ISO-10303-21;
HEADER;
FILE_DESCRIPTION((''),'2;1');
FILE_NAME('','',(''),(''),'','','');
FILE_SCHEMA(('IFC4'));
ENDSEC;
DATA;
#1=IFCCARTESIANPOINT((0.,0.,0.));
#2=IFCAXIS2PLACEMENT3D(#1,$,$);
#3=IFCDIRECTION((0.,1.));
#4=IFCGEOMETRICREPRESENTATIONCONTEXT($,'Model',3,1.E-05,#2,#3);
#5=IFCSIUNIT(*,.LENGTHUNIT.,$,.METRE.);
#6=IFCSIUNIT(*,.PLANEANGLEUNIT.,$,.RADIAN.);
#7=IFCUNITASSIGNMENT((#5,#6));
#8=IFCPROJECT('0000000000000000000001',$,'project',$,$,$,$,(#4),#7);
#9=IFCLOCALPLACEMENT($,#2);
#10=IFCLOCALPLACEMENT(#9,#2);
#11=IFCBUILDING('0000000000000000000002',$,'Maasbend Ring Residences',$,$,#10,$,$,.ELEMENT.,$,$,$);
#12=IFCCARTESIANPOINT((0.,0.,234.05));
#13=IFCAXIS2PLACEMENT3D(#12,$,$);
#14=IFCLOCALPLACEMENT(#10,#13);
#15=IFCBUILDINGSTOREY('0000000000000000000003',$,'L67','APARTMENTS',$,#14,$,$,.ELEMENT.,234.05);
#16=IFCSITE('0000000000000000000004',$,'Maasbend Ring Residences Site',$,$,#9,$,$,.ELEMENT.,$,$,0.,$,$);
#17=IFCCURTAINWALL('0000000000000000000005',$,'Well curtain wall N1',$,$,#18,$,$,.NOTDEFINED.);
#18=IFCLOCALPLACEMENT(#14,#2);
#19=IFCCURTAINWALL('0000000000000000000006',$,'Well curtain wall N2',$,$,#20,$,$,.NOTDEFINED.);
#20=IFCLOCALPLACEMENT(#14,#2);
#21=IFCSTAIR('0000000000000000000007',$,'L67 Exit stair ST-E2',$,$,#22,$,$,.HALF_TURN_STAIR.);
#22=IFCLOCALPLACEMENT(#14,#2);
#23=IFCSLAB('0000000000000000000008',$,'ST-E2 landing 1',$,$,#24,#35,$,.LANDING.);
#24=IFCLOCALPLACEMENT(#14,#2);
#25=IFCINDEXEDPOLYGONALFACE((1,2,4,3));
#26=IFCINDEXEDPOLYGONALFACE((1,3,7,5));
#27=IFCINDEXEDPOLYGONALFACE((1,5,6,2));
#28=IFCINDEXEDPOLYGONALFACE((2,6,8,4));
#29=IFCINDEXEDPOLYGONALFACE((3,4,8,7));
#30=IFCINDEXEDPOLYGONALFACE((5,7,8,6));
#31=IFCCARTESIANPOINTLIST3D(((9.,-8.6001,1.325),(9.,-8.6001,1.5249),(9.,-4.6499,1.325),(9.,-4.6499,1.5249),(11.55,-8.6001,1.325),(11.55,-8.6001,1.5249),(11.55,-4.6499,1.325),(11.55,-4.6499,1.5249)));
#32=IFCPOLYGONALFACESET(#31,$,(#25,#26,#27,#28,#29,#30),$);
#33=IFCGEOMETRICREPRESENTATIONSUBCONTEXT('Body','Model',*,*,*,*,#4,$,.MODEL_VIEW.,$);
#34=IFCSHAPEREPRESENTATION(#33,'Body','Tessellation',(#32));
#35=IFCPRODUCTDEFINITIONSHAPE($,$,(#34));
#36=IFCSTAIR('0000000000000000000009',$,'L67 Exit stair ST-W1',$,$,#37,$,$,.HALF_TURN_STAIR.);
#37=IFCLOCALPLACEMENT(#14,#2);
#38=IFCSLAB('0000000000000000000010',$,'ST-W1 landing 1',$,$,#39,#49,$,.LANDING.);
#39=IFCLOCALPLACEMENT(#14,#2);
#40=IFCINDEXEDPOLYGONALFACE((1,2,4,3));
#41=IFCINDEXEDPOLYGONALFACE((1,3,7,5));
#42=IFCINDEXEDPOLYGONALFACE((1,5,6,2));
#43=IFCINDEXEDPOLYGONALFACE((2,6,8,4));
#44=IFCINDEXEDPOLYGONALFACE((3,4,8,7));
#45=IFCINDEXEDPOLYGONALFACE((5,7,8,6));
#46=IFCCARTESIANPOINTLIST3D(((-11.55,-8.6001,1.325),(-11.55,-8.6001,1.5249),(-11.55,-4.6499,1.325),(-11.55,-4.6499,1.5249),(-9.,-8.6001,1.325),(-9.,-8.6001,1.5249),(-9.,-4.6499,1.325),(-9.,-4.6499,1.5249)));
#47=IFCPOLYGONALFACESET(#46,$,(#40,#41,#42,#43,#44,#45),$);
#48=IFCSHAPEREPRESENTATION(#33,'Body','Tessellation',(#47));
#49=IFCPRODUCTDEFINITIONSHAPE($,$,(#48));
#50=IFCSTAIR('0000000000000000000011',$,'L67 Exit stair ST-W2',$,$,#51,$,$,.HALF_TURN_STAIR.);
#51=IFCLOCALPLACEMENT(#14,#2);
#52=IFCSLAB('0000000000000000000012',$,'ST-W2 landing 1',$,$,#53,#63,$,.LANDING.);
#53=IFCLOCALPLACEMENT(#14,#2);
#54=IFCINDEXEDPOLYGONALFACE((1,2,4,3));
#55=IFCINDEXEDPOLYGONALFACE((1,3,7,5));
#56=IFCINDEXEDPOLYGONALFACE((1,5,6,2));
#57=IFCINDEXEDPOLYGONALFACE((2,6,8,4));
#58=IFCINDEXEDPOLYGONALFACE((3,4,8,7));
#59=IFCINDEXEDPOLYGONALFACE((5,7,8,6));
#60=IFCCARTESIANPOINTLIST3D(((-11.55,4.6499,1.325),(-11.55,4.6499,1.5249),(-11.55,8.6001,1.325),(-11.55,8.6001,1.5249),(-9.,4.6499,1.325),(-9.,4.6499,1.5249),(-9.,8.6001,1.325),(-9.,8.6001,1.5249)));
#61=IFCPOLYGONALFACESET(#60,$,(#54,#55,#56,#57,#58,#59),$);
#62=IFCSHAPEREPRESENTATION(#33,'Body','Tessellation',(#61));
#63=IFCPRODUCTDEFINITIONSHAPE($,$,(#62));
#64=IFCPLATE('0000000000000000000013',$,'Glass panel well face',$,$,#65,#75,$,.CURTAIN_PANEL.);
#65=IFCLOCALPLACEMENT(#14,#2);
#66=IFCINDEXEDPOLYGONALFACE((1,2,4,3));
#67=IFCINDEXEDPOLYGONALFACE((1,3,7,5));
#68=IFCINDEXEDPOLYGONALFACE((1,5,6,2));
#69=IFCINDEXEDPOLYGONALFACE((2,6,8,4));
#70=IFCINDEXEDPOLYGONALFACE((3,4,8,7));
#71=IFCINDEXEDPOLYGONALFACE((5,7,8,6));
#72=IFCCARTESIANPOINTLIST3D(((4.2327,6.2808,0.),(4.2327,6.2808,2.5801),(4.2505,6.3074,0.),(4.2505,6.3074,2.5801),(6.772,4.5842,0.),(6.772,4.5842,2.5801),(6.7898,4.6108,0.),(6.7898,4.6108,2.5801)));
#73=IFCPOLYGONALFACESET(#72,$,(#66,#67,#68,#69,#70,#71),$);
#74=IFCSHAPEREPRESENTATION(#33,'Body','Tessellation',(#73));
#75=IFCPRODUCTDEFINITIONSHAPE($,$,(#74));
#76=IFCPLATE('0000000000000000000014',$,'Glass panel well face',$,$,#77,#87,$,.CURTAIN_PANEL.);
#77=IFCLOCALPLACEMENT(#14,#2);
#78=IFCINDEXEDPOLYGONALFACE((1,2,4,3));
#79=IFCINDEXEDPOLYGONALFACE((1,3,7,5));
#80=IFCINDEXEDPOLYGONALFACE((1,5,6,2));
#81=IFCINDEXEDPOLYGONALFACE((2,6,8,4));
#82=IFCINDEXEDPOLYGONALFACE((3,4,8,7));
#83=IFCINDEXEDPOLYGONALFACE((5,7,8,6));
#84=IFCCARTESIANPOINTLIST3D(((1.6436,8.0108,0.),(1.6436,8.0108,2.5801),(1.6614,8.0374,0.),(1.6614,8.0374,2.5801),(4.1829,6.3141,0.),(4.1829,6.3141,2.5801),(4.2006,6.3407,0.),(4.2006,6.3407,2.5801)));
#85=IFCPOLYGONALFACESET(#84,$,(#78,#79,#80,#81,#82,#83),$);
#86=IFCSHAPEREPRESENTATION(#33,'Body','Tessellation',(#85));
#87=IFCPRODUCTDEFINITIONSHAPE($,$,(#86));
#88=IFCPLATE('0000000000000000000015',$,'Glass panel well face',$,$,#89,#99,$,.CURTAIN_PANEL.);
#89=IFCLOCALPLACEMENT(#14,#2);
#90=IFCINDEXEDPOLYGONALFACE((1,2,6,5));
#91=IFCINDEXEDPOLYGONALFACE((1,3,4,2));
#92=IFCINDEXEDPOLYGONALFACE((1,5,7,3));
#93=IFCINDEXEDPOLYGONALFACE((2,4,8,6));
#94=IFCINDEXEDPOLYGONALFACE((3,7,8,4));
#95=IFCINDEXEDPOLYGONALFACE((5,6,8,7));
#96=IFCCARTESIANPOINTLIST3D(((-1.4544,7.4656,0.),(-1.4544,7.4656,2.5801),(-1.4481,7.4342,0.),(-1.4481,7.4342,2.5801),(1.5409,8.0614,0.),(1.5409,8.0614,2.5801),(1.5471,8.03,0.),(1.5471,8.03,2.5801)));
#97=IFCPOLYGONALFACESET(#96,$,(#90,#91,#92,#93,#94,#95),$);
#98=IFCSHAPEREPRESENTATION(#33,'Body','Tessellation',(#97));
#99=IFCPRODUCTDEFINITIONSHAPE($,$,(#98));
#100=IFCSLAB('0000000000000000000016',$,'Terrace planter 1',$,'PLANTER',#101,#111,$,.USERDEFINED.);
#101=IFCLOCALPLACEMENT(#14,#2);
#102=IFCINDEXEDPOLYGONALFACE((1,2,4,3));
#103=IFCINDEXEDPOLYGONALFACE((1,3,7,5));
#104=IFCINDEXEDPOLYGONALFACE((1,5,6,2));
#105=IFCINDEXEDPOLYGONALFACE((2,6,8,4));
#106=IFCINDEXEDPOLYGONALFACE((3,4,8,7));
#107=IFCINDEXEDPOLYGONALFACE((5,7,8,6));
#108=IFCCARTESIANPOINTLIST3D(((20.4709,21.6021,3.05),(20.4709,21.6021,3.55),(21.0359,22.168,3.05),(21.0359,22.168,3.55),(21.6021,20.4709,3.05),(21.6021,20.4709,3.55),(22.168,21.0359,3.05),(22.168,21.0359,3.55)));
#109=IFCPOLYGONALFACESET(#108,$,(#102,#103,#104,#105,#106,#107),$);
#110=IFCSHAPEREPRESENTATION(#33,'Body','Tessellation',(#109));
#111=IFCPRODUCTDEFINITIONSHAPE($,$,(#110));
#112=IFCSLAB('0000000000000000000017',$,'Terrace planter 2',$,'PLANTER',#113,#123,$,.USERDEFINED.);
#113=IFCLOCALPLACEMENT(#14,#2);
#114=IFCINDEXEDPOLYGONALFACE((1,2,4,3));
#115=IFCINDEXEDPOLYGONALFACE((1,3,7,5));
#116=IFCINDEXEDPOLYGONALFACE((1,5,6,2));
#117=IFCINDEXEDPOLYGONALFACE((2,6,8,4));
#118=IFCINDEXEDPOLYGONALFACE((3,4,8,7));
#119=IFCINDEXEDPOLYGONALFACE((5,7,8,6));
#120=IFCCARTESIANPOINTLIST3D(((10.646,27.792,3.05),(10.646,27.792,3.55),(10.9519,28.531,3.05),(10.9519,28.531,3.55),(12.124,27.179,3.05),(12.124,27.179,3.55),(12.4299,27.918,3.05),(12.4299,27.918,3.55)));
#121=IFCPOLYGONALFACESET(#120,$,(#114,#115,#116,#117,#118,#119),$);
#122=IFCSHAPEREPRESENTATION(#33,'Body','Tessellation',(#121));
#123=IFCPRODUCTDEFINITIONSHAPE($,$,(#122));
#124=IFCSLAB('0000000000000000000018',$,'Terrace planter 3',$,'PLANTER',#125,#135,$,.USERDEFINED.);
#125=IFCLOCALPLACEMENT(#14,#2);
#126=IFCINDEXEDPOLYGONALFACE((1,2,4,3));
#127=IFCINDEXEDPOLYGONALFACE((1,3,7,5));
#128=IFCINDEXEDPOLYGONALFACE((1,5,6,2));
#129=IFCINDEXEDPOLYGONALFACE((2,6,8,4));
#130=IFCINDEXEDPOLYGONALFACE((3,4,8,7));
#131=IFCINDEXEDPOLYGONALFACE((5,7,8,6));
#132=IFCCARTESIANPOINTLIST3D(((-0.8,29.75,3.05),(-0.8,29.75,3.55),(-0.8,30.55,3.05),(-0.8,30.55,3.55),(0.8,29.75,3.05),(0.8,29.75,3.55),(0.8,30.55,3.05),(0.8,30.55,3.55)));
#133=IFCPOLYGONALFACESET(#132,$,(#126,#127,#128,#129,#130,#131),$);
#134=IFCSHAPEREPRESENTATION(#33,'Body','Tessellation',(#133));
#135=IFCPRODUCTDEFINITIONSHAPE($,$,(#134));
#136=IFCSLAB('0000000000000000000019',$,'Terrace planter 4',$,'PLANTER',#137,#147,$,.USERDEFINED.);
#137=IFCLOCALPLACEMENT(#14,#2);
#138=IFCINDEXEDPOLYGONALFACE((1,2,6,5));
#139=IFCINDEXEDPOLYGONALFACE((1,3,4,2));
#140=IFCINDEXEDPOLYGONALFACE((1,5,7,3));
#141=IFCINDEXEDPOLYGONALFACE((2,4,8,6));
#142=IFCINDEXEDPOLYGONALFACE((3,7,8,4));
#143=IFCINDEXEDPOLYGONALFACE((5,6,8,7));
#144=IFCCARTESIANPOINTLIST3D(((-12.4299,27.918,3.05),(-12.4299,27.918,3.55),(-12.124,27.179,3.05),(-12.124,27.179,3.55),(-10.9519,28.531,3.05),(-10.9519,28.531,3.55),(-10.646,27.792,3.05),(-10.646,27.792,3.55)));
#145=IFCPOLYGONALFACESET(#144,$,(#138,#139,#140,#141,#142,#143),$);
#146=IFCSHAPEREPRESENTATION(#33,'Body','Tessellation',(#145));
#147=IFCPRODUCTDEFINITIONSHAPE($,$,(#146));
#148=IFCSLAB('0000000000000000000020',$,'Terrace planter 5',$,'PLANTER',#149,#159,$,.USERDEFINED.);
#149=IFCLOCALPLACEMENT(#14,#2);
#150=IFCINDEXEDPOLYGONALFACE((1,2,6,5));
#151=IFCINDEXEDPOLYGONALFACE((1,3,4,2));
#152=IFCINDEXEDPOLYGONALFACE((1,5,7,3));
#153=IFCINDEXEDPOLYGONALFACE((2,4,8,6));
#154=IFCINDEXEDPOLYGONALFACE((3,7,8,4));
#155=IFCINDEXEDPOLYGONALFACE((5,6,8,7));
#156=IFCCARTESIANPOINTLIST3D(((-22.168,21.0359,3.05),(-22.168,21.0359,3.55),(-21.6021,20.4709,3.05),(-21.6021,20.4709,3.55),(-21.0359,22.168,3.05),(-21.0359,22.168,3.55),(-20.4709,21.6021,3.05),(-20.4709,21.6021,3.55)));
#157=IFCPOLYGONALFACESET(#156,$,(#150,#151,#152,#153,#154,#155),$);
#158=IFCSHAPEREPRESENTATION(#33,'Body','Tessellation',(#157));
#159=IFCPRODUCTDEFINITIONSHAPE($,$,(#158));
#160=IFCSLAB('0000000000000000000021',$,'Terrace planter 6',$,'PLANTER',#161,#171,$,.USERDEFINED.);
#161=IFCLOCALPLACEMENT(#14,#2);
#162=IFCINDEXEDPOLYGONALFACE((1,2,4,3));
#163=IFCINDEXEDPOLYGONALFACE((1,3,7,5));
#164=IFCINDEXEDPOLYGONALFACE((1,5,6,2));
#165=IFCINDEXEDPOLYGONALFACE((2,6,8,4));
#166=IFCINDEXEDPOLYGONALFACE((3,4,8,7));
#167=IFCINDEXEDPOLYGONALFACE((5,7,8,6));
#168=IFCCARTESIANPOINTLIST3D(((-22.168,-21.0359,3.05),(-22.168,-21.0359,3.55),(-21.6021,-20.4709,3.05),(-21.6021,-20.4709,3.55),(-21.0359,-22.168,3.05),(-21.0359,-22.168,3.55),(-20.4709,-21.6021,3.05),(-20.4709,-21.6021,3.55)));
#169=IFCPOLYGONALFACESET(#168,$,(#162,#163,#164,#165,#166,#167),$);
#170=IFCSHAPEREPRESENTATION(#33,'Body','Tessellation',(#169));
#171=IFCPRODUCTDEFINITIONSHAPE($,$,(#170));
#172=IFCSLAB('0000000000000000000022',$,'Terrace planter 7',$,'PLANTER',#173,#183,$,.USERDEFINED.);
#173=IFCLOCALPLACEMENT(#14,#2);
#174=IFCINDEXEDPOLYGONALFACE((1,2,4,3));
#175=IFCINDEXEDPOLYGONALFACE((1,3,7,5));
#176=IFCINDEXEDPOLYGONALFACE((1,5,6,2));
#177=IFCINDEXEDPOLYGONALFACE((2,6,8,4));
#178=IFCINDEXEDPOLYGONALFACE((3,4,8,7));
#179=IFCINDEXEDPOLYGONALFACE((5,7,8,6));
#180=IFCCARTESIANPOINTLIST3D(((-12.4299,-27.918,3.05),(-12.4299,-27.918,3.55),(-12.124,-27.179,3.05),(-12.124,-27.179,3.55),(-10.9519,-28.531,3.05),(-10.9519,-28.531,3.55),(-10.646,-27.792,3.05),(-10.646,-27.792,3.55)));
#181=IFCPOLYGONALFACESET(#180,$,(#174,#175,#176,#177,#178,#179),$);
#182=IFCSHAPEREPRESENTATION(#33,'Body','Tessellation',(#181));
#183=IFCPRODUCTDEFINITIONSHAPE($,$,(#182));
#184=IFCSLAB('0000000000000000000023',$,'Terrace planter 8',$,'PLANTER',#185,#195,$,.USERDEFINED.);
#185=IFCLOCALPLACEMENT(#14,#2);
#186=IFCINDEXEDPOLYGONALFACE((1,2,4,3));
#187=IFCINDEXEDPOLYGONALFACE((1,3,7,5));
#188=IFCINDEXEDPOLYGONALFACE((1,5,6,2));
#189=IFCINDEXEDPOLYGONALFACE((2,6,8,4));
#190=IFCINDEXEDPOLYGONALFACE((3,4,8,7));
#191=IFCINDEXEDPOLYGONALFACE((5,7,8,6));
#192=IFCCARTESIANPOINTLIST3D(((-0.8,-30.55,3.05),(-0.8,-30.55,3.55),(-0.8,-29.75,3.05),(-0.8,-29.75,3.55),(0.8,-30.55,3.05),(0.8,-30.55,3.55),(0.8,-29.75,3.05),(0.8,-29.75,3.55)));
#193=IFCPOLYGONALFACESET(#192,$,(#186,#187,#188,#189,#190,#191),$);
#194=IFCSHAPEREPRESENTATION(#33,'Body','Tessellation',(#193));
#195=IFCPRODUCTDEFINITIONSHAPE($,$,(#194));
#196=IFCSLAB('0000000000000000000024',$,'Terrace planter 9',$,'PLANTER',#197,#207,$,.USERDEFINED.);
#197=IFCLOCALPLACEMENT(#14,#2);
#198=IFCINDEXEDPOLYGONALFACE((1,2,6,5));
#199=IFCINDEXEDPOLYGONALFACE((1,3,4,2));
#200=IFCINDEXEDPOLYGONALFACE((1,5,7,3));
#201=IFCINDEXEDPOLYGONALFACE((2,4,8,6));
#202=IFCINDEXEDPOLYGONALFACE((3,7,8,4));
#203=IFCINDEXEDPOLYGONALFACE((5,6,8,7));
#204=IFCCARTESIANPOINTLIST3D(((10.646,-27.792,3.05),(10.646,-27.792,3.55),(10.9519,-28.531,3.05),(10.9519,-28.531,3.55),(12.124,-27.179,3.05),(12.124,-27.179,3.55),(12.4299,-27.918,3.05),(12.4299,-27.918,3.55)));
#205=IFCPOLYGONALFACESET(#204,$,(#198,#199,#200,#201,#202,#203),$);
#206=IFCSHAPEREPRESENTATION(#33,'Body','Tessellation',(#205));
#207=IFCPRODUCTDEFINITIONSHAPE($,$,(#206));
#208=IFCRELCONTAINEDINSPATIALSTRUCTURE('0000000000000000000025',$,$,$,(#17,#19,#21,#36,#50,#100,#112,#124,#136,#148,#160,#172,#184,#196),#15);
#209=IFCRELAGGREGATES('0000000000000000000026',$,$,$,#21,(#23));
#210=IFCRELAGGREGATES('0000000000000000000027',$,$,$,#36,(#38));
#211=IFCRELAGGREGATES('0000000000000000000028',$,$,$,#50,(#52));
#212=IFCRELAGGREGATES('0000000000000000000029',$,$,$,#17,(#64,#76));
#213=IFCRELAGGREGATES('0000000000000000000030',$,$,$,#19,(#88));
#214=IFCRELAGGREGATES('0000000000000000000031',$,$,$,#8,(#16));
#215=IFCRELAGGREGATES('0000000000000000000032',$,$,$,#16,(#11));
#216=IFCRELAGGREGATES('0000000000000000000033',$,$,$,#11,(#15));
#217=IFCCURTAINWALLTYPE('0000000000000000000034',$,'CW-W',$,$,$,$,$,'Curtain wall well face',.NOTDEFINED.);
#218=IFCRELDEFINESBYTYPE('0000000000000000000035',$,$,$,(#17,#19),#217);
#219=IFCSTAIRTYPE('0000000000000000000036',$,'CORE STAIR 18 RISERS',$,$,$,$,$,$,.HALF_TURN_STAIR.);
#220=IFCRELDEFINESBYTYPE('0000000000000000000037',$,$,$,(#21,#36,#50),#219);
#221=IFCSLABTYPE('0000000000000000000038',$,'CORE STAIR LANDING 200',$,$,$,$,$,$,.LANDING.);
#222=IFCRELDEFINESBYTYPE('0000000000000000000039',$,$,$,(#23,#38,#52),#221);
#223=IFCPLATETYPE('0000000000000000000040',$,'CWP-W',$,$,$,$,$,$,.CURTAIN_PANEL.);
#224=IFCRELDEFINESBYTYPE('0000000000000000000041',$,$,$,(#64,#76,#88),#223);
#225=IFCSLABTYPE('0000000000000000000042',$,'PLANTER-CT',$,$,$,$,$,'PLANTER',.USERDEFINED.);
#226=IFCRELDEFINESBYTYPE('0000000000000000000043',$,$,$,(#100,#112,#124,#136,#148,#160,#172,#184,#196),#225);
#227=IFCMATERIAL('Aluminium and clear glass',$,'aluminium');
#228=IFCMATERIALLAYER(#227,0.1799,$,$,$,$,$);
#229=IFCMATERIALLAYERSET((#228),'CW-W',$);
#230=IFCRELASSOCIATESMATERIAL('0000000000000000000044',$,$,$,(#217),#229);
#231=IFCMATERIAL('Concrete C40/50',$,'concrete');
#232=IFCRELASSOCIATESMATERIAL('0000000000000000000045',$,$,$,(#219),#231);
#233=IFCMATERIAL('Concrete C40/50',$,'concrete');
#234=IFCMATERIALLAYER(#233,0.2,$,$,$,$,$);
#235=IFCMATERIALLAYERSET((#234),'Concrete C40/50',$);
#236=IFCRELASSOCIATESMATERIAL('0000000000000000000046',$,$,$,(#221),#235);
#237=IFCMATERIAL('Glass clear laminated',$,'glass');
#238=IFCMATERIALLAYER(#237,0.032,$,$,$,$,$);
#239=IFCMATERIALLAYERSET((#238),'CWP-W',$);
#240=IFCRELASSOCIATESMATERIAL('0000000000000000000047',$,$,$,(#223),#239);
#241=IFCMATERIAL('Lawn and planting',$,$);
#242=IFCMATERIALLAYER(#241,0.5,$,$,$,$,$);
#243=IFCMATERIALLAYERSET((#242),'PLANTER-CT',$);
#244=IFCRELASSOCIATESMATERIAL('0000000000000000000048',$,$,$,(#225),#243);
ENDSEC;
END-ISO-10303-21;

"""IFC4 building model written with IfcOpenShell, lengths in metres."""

from ifc_helpers import new_model, si_unit, direction, frame, origin, origin_2d, place, context, subcontext, project, spatial, polyline, rectangle, outline, extrude, material, layer, layer_set, type_object, element, aggregate, save


model = new_model("IFC4")

# Units and contexts
model_context = context("Model", 3, precision=1e-05, world=origin(), true_north=direction((0.0, 1.0)))
body_context = subcontext(model_context, "Body", "Model", "MODEL_VIEW")
ifc_project = project(units=[si_unit("LENGTHUNIT", "METRE"), si_unit("PLANEANGLEUNIT", "RADIAN")], contexts=[model_context])

# Site, building, storey
site_placement = place(None, origin())
site = spatial("IfcSite", under=ifc_project, at=site_placement, Name="Maasbend Ring Residences Site", CompositionType="ELEMENT", RefElevation=0.0)
building_placement = place(site_placement, origin())
building = spatial("IfcBuilding", under=site, at=building_placement, Name="Maasbend Ring Residences", CompositionType="ELEMENT")
storey_placement = place(building_placement, frame((0.0, 0.0, 234.05)))
storey = spatial("IfcBuildingStorey", under=building, at=storey_placement, Name="L67", Description="APARTMENTS", CompositionType="ELEMENT", Elevation=234.05)

# Curtain wall
ifc_material_1 = material(Name="Aluminium and clear glass", Category="aluminium")
ifc_layer_1 = layer(ifc_material_1, 0.1799)
ifc_layer_set_1 = layer_set([ifc_layer_1], Name="CW-W")
curtain_wall_type = type_object("IfcCurtainWallType", Name="CW-W", ElementType="Curtain wall well face", PredefinedType="NOTDEFINED", material=ifc_layer_set_1)
curtain_wall_1_placement = place(storey_placement, origin())
curtain_wall_1 = element("IfcCurtainWall", 1, at=curtain_wall_1_placement, inside=storey, type_object=curtain_wall_type, Name="Well curtain wall N1", PredefinedType="NOTDEFINED")

# Curtain wall
curtain_wall_2_placement = place(storey_placement, origin())
curtain_wall_2 = element("IfcCurtainWall", 2, at=curtain_wall_2_placement, inside=storey, type_object=curtain_wall_type, Name="Well curtain wall N2", PredefinedType="NOTDEFINED")

# Stairs, slabs
ifc_material_2 = material(Name="Concrete C40/50", Category="concrete")
stair_type = type_object("IfcStairType", Name="CORE STAIR 18 RISERS", PredefinedType="HALF_TURN_STAIR", material=ifc_material_2)
ifc_material_3 = material(Name="Concrete C40/50", Category="concrete")
ifc_layer_2 = layer(ifc_material_3, 0.2)
ifc_layer_set_2 = layer_set([ifc_layer_2], Name="Concrete C40/50")
slab_type_1 = type_object("IfcSlabType", Name="CORE STAIR LANDING 200", PredefinedType="LANDING", material=ifc_layer_set_2)
stair_1_placement = place(storey_placement, origin())
stair_1 = element("IfcStair", 3, at=stair_1_placement, inside=storey, type_object=stair_type, Name="L67 Exit stair ST-E2", PredefinedType="HALF_TURN_STAIR")
slab_1_placement = place(storey_placement, frame((0.0, 0.0, 1.325)))
slab_1 = element("IfcSlab", 4, at=slab_1_placement, type_object=slab_type_1, Name="ST-E2 landing 1", PredefinedType="LANDING", context=body_context, shape_type="SweptSolid", body=[
    extrude(outline(polyline([(11.55, -4.6499), (9.0, -4.6499), (9.0, -8.6001), (11.55, -8.6001), (11.55, -4.6499)])), origin(), (0.0, 0.0, 1.0), 0.2),
])
aggregate(stair_1, [slab_1])
stair_2_placement = place(storey_placement, origin())
stair_2 = element("IfcStair", 5, at=stair_2_placement, inside=storey, type_object=stair_type, Name="L67 Exit stair ST-W1", PredefinedType="HALF_TURN_STAIR")
slab_2_placement = place(storey_placement, frame((0.0, 0.0, 1.325)))
slab_2 = element("IfcSlab", 6, at=slab_2_placement, type_object=slab_type_1, Name="ST-W1 landing 1", PredefinedType="LANDING", context=body_context, shape_type="SweptSolid", body=[
    extrude(outline(polyline([(-11.55, -8.6001), (-9.0, -8.6001), (-9.0, -4.6499), (-11.55, -4.6499), (-11.55, -8.6001)])), origin(), (0.0, 0.0, 1.0), 0.2),
])
aggregate(stair_2, [slab_2])
stair_3_placement = place(storey_placement, origin())
stair_3 = element("IfcStair", 7, at=stair_3_placement, inside=storey, type_object=stair_type, Name="L67 Exit stair ST-W2", PredefinedType="HALF_TURN_STAIR")
slab_3_placement = place(storey_placement, frame((0.0, 0.0, 1.325)))
slab_3 = element("IfcSlab", 8, at=slab_3_placement, type_object=slab_type_1, Name="ST-W2 landing 1", PredefinedType="LANDING", context=body_context, shape_type="SweptSolid", body=[
    extrude(outline(polyline([(-11.55, 4.6499), (-9.0, 4.6499), (-9.0, 8.6001), (-11.55, 8.6001), (-11.55, 4.6499)])), origin(), (0.0, 0.0, 1.0), 0.2),
])
aggregate(stair_3, [slab_3])

# Plates
ifc_material_4 = material(Name="Glass clear laminated", Category="glass")
ifc_layer_3 = layer(ifc_material_4, 0.032)
ifc_layer_set_3 = layer_set([ifc_layer_3], Name="CWP-W")
plate_type = type_object("IfcPlateType", Name="CWP-W", PredefinedType="CURTAIN_PANEL", material=ifc_layer_set_3)
plate_1_placement = place(storey_placement, frame((5.5112, 5.4458, 0.0), z_axis=(0.0, 0.0, 1.0), x_axis=(-0.83147, 0.55557, 0.0)))
plate_1 = element("IfcPlate", 9, at=plate_1_placement, type_object=plate_type, Name="Glass panel well face", PredefinedType="CURTAIN_PANEL", context=body_context, shape_type="SweptSolid", body=[
    extrude(rectangle(XDim=3.054, YDim=0.032, at=origin_2d()), origin(), (0.0, 0.0, 1.0), 2.5801),
])
plate_2_placement = place(storey_placement, frame((2.9221, 7.1758, 0.0), z_axis=(0.0, 0.0, 1.0), x_axis=(-0.83147, 0.55557, 0.0)))
plate_2 = element("IfcPlate", 10, at=plate_2_placement, type_object=plate_type, Name="Glass panel well face", PredefinedType="CURTAIN_PANEL", context=body_context, shape_type="SweptSolid", body=[
    extrude(rectangle(XDim=3.054, YDim=0.032, at=origin_2d()), origin(), (0.0, 0.0, 1.0), 2.5801),
])
aggregate(curtain_wall_1, [plate_1, plate_2])
plate_3_placement = place(storey_placement, frame((0.0464, 7.7478, 0.0), z_axis=(0.0, 0.0, 1.0), x_axis=(-0.980785, -0.19509, 0.0)))
plate_3 = element("IfcPlate", 11, at=plate_3_placement, type_object=plate_type, Name="Glass panel well face", PredefinedType="CURTAIN_PANEL", context=body_context, shape_type="SweptSolid", body=[
    extrude(rectangle(XDim=3.054, YDim=0.032, at=origin_2d()), origin(), (0.0, 0.0, 1.0), 2.5801),
])
aggregate(curtain_wall_2, [plate_3])

# Slabs
ifc_material_5 = material(Name="Lawn and planting")
ifc_layer_4 = layer(ifc_material_5, 0.5)
ifc_layer_set_4 = layer_set([ifc_layer_4], Name="PLANTER-CT")
slab_type_2 = type_object("IfcSlabType", Name="PLANTER-CT", ElementType="PLANTER", PredefinedType="USERDEFINED", material=ifc_layer_set_4)
slab_4_placement = place(storey_placement, frame((0.0, 0.0, 3.05)))
element("IfcSlab", 12, at=slab_4_placement, inside=storey, type_object=slab_type_2, Name="Terrace planter 1", ObjectType="PLANTER", PredefinedType="USERDEFINED", context=body_context, shape_type="SweptSolid", body=[
    extrude(outline(polyline([(22.168, 21.0359), (21.0359, 22.168), (20.4709, 21.6021), (21.6021, 20.4709), (22.168, 21.0359)])), origin(), (0.0, 0.0, 1.0), 0.5),
])
slab_5_placement = place(storey_placement, frame((0.0, 0.0, 3.05)))
element("IfcSlab", 13, at=slab_5_placement, inside=storey, type_object=slab_type_2, Name="Terrace planter 2", ObjectType="PLANTER", PredefinedType="USERDEFINED", context=body_context, shape_type="SweptSolid", body=[
    extrude(outline(polyline([(12.4299, 27.918), (10.9519, 28.531), (10.646, 27.792), (12.124, 27.179), (12.4299, 27.918)])), origin(), (0.0, 0.0, 1.0), 0.5),
])
slab_6_placement = place(storey_placement, frame((0.0, 0.0, 3.05)))
element("IfcSlab", 14, at=slab_6_placement, inside=storey, type_object=slab_type_2, Name="Terrace planter 3", ObjectType="PLANTER", PredefinedType="USERDEFINED", context=body_context, shape_type="SweptSolid", body=[
    extrude(outline(polyline([(0.8, 30.55), (-0.8, 30.55), (-0.8, 29.75), (0.8, 29.75), (0.8, 30.55)])), origin(), (0.0, 0.0, 1.0), 0.5),
])
slab_7_placement = place(storey_placement, frame((0.0, 0.0, 3.05)))
element("IfcSlab", 15, at=slab_7_placement, inside=storey, type_object=slab_type_2, Name="Terrace planter 4", ObjectType="PLANTER", PredefinedType="USERDEFINED", context=body_context, shape_type="SweptSolid", body=[
    extrude(outline(polyline([(-10.9519, 28.531), (-12.4299, 27.918), (-12.124, 27.179), (-10.646, 27.792), (-10.9519, 28.531)])), origin(), (0.0, 0.0, 1.0), 0.5),
])
slab_8_placement = place(storey_placement, frame((0.0, 0.0, 3.05)))
element("IfcSlab", 16, at=slab_8_placement, inside=storey, type_object=slab_type_2, Name="Terrace planter 5", ObjectType="PLANTER", PredefinedType="USERDEFINED", context=body_context, shape_type="SweptSolid", body=[
    extrude(outline(polyline([(-21.0359, 22.168), (-22.168, 21.0359), (-21.6021, 20.4709), (-20.4709, 21.6021), (-21.0359, 22.168)])), origin(), (0.0, 0.0, 1.0), 0.5),
])
slab_9_placement = place(storey_placement, frame((0.0, 0.0, 3.05)))
element("IfcSlab", 17, at=slab_9_placement, inside=storey, type_object=slab_type_2, Name="Terrace planter 6", ObjectType="PLANTER", PredefinedType="USERDEFINED", context=body_context, shape_type="SweptSolid", body=[
    extrude(outline(polyline([(-22.168, -21.0359), (-21.0359, -22.168), (-20.4709, -21.6021), (-21.6021, -20.4709), (-22.168, -21.0359)])), origin(), (0.0, 0.0, 1.0), 0.5),
])
slab_10_placement = place(storey_placement, frame((0.0, 0.0, 3.05)))
element("IfcSlab", 18, at=slab_10_placement, inside=storey, type_object=slab_type_2, Name="Terrace planter 7", ObjectType="PLANTER", PredefinedType="USERDEFINED", context=body_context, shape_type="SweptSolid", body=[
    extrude(outline(polyline([(-12.4299, -27.918), (-10.9519, -28.531), (-10.646, -27.792), (-12.124, -27.179), (-12.4299, -27.918)])), origin(), (0.0, 0.0, 1.0), 0.5),
])
slab_11_placement = place(storey_placement, frame((0.0, 0.0, 3.05)))
element("IfcSlab", 19, at=slab_11_placement, inside=storey, type_object=slab_type_2, Name="Terrace planter 8", ObjectType="PLANTER", PredefinedType="USERDEFINED", context=body_context, shape_type="SweptSolid", body=[
    extrude(outline(polyline([(-0.8, -30.55), (0.8, -30.55), (0.8, -29.75), (-0.8, -29.75), (-0.8, -30.55)])), origin(), (0.0, 0.0, 1.0), 0.5),
])
slab_12_placement = place(storey_placement, frame((0.0, 0.0, 3.05)))
element("IfcSlab", 20, at=slab_12_placement, inside=storey, type_object=slab_type_2, Name="Terrace planter 9", ObjectType="PLANTER", PredefinedType="USERDEFINED", context=body_context, shape_type="SweptSolid", body=[
    extrude(outline(polyline([(10.9519, -28.531), (12.4299, -27.918), (12.124, -27.179), (10.646, -27.792), (10.9519, -28.531)])), origin(), (0.0, 0.0, 1.0), 0.5),
])

save(model, "model.ifc")
